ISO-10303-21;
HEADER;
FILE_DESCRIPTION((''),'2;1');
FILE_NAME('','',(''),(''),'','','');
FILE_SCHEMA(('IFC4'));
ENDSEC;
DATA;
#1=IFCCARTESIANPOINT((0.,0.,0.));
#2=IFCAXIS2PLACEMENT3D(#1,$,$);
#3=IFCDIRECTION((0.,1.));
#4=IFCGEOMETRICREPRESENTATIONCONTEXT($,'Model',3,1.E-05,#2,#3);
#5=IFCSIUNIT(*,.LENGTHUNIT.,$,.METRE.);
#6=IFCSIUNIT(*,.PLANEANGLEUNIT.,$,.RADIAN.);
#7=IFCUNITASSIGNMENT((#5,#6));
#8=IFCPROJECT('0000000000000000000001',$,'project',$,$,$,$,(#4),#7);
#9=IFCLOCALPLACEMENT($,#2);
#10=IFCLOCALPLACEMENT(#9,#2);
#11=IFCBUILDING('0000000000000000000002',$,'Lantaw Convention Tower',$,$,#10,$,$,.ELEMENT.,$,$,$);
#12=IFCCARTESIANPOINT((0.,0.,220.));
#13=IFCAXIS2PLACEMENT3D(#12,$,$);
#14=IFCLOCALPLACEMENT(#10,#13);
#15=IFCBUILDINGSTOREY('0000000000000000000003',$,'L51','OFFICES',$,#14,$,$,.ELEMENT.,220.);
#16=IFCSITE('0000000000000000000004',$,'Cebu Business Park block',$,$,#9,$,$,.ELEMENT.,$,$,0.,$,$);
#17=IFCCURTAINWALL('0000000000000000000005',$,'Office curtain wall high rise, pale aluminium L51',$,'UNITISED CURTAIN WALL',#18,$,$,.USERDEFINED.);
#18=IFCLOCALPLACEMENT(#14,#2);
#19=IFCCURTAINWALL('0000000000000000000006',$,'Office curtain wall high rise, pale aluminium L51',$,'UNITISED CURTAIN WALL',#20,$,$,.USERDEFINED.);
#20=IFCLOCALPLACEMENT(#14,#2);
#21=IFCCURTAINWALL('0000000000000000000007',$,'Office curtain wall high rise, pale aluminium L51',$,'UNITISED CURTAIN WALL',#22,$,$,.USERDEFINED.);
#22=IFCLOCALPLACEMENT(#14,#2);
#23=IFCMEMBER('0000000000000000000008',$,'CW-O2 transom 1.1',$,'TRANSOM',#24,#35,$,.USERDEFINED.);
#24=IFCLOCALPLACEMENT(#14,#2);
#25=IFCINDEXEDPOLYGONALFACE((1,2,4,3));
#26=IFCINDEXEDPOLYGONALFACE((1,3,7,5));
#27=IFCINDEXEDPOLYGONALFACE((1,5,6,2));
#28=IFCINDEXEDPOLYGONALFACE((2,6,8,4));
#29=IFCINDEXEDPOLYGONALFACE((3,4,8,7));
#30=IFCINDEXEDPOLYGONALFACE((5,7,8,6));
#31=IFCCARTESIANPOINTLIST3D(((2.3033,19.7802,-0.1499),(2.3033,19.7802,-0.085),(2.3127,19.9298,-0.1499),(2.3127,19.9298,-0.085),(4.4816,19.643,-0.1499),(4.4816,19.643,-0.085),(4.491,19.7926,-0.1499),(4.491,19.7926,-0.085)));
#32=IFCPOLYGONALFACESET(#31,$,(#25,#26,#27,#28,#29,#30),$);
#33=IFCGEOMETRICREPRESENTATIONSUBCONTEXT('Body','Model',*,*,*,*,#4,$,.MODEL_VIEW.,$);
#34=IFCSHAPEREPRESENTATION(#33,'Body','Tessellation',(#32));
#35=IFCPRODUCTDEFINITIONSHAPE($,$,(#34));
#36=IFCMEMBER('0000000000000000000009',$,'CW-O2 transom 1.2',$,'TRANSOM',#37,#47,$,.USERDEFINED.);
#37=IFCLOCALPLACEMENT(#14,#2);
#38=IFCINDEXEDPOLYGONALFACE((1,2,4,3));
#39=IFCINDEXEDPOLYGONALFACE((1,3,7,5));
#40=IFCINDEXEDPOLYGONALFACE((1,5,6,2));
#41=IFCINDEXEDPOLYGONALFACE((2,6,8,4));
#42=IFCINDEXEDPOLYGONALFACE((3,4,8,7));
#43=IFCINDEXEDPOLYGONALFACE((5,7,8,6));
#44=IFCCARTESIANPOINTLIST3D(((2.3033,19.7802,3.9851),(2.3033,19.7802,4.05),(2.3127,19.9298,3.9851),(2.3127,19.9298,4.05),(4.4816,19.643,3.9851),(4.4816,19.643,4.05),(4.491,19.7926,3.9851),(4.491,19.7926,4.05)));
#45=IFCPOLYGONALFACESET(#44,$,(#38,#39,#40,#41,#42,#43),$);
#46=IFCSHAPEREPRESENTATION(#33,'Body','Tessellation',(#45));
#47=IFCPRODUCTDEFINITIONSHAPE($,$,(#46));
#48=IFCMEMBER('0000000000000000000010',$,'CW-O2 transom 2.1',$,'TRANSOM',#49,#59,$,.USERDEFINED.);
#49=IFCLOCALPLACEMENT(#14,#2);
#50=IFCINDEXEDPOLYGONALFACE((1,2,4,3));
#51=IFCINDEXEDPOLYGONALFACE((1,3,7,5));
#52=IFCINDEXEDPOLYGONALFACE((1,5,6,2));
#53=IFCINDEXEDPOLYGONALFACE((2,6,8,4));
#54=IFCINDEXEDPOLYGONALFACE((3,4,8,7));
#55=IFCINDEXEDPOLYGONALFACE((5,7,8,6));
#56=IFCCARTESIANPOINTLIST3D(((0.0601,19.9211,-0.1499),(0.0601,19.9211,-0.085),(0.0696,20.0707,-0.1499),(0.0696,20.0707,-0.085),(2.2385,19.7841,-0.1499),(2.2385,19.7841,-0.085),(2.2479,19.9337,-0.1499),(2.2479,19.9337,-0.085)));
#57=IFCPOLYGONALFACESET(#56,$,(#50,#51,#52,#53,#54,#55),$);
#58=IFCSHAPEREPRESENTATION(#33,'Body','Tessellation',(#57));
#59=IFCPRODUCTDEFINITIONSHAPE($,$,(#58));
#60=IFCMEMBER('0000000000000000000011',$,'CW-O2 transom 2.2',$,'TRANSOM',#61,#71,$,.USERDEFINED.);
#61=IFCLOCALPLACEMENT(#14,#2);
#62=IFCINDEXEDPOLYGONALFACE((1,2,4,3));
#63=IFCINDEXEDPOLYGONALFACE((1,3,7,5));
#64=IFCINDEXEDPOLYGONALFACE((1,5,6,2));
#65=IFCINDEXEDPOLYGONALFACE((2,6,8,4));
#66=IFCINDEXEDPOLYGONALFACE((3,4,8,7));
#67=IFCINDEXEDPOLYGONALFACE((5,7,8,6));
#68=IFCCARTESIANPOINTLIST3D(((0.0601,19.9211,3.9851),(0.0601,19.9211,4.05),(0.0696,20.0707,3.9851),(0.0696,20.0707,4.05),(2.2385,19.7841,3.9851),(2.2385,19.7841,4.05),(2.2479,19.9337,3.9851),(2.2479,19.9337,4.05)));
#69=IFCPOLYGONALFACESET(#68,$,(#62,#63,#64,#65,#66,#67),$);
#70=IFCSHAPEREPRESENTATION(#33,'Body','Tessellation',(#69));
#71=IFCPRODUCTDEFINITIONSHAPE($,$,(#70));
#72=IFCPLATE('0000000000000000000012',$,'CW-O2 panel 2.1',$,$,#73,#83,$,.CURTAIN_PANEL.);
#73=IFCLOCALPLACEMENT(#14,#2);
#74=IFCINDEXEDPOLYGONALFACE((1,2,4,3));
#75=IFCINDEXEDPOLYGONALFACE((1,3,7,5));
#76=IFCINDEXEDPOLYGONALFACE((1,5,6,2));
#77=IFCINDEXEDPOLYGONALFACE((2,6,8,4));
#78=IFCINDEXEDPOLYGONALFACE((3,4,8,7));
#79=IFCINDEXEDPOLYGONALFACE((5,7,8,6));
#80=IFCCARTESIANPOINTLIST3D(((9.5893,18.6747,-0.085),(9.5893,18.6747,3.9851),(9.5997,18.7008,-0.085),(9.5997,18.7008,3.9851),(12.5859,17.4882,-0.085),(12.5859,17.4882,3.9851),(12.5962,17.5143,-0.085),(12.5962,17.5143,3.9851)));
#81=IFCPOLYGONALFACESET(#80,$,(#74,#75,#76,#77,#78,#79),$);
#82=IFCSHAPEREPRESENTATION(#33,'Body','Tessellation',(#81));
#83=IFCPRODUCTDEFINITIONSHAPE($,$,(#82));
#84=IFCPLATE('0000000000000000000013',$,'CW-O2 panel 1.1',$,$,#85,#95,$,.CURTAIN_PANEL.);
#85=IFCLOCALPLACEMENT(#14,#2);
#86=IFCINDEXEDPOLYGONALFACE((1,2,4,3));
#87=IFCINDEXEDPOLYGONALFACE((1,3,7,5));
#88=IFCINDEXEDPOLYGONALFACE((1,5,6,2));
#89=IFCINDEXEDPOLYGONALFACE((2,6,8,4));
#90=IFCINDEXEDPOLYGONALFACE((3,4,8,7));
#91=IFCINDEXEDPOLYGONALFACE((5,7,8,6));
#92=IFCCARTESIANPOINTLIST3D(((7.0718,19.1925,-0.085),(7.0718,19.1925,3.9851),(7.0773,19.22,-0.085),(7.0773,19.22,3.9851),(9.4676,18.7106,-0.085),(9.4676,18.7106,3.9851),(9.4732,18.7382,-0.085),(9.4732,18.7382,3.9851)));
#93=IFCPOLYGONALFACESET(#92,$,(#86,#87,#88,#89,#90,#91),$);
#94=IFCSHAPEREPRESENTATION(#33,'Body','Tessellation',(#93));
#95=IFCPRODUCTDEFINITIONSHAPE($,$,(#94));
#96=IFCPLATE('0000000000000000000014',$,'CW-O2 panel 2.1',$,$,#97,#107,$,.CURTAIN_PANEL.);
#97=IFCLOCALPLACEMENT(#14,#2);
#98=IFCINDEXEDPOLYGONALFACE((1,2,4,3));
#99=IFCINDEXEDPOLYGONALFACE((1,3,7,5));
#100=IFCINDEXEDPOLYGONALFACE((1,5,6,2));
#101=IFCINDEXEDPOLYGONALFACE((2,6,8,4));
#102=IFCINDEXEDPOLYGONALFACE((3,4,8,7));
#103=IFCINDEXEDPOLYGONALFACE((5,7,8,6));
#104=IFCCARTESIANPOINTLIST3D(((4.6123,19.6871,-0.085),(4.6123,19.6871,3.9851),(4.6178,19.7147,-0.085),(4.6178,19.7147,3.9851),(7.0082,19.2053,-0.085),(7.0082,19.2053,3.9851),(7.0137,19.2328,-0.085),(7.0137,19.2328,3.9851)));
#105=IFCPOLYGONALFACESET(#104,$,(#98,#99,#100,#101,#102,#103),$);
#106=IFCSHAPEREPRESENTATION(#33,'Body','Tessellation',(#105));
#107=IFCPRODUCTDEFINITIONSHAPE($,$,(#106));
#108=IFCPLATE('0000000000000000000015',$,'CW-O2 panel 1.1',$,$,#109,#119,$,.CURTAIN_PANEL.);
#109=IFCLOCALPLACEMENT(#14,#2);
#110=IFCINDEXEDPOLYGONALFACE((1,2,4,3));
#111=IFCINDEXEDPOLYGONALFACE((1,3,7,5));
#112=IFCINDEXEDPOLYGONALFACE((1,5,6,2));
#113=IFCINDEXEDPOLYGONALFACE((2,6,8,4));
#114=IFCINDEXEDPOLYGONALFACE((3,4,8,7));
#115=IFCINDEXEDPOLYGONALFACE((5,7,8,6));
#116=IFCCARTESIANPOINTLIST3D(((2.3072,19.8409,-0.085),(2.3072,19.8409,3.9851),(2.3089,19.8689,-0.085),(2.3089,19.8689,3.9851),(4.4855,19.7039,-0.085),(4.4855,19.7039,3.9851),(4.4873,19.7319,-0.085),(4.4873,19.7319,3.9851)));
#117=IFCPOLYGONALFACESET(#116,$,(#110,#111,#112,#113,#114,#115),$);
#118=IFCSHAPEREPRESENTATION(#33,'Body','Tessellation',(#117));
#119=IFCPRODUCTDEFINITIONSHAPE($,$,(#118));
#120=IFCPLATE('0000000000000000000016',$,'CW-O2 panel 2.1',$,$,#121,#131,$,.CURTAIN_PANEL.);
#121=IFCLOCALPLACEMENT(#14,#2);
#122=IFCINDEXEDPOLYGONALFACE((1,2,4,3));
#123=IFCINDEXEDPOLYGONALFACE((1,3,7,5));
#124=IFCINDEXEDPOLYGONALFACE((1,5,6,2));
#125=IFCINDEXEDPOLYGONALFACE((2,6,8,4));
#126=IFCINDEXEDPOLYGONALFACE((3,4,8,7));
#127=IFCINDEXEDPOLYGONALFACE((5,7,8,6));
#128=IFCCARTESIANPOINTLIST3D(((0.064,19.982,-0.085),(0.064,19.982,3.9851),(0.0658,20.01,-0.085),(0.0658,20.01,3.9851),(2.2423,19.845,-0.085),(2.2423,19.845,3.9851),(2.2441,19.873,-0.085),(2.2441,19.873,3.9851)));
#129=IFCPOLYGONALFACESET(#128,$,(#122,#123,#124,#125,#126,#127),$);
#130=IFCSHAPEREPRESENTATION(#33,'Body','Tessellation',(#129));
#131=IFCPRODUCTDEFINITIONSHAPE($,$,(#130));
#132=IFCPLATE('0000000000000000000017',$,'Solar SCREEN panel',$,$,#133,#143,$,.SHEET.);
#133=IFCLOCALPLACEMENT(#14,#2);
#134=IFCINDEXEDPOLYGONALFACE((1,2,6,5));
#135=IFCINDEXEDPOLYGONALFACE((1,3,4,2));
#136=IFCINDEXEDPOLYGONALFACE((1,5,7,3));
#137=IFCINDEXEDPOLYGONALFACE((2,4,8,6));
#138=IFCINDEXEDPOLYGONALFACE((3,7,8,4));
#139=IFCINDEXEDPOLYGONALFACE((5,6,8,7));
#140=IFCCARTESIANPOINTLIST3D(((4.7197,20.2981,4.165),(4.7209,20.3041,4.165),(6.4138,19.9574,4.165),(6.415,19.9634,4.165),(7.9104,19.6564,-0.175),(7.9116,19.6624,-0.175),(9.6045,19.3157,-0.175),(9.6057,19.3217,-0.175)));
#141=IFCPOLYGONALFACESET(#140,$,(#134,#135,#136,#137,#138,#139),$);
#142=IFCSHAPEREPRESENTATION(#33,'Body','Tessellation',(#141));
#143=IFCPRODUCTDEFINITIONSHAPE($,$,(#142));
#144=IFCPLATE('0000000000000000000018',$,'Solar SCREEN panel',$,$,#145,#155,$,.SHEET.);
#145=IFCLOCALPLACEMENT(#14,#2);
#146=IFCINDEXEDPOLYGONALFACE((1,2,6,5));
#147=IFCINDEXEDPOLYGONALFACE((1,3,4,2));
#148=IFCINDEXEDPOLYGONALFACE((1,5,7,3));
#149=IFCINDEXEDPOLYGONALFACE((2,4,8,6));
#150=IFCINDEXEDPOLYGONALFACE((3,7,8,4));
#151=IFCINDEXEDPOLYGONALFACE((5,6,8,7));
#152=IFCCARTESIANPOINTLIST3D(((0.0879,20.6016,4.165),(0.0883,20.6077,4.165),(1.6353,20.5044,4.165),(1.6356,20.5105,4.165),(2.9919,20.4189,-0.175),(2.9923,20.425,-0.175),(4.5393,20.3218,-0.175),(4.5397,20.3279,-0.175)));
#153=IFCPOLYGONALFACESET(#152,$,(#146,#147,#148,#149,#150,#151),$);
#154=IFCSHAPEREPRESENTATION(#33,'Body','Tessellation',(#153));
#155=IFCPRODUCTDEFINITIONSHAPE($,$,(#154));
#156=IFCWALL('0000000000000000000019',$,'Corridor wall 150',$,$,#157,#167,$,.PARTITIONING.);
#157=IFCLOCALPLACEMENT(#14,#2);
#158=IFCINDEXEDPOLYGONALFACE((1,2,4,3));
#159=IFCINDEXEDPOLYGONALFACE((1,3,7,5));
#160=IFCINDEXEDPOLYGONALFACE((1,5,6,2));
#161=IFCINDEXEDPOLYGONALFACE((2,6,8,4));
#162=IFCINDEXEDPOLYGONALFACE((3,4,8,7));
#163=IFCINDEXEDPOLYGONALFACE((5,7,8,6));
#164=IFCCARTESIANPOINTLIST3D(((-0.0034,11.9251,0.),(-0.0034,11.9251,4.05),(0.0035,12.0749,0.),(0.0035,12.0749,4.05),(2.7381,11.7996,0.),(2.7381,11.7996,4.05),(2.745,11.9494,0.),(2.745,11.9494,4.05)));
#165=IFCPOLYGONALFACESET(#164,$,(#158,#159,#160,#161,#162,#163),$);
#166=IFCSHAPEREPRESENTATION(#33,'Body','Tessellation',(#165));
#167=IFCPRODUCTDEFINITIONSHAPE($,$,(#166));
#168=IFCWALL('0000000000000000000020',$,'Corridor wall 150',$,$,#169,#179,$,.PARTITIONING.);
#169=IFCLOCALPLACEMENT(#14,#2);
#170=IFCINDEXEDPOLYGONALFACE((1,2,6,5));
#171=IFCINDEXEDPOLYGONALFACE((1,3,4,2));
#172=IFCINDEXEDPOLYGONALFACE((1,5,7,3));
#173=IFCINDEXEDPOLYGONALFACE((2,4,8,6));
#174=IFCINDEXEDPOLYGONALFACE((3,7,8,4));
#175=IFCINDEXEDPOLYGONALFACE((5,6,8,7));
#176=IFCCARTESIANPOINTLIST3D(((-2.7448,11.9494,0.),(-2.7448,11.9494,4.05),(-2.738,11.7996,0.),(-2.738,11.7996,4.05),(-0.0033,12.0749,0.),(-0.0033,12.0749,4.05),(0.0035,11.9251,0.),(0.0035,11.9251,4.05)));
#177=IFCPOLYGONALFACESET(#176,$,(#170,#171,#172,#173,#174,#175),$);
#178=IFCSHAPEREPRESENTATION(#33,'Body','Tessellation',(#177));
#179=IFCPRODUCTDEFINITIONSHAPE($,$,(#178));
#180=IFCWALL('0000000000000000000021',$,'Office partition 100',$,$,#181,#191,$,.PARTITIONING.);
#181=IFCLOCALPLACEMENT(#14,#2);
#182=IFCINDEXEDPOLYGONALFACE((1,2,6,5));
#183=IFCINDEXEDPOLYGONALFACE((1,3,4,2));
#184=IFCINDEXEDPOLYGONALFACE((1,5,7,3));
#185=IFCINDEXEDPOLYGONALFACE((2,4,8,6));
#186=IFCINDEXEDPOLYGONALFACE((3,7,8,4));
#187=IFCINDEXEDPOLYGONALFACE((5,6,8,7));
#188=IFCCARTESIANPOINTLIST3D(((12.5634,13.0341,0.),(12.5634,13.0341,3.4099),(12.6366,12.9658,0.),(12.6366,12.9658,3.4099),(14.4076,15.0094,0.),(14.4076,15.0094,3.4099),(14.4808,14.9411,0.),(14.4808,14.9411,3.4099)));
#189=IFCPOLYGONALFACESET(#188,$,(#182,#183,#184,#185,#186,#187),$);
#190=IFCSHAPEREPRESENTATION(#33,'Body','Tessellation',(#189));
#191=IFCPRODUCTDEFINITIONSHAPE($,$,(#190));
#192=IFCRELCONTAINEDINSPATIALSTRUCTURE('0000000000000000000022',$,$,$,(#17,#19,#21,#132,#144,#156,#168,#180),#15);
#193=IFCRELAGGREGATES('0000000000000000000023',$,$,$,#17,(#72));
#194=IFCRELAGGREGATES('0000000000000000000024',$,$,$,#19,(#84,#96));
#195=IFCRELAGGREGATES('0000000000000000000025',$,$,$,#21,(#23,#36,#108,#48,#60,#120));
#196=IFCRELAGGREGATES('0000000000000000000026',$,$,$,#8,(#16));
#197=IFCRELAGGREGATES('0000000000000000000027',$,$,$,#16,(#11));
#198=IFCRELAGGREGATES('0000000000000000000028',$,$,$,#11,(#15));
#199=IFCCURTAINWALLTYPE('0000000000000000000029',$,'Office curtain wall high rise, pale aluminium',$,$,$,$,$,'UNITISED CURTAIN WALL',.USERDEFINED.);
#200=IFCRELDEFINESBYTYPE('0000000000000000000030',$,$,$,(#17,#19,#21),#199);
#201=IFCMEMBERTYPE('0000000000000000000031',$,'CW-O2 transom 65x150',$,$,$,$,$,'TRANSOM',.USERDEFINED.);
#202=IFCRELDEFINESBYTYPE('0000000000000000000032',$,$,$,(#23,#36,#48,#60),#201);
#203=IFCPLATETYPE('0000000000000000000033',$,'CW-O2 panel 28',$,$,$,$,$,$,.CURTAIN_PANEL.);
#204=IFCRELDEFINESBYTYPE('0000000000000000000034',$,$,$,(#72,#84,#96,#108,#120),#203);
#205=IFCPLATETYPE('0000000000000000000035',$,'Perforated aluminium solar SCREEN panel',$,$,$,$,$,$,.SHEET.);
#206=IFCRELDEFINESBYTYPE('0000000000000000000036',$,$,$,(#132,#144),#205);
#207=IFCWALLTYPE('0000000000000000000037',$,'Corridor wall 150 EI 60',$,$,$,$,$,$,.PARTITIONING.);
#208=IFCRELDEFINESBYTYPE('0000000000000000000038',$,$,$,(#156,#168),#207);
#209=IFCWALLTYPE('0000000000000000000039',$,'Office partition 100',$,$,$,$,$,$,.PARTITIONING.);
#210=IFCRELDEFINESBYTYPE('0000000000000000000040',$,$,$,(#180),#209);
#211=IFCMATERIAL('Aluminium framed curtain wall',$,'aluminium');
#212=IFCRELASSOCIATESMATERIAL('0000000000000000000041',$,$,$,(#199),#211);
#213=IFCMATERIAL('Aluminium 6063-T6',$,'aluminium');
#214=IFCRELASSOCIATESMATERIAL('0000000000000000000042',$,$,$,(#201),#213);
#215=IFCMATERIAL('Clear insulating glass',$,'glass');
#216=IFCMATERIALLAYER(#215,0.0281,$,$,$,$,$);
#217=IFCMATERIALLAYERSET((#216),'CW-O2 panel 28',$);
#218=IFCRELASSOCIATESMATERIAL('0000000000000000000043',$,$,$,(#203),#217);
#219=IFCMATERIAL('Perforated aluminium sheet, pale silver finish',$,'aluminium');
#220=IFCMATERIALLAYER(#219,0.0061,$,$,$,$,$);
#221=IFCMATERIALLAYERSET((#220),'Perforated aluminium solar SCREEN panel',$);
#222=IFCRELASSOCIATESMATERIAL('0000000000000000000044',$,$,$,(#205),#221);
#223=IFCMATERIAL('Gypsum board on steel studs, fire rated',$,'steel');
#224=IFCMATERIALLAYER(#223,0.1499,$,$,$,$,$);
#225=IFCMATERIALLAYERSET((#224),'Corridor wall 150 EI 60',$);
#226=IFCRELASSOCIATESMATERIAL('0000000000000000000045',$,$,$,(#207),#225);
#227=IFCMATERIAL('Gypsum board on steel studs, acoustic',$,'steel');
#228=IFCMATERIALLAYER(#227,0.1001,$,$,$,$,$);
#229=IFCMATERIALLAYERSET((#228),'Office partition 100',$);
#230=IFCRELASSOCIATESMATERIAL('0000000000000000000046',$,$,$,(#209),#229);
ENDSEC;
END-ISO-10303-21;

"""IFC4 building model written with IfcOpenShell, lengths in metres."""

from ifc_helpers import new_model, si_unit, direction, frame, frame_2d, origin, origin_2d, place, context, subcontext, project, spatial, polyline, rectangle, outline, extrude, material, layer, layer_set, material_profile, profile_set, type_object, element, aggregate, save


model = new_model("IFC4")

# Units and contexts
model_context = context("Model", 3, precision=1e-05, world=origin(), true_north=direction((0.0, 1.0)))
body_context = subcontext(model_context, "Body", "Model", "MODEL_VIEW")
ifc_project = project(units=[si_unit("LENGTHUNIT", "METRE"), si_unit("PLANEANGLEUNIT", "RADIAN")], contexts=[model_context])

# Site, building, storey
site_placement = place(None, origin())
site = spatial("IfcSite", under=ifc_project, at=site_placement, Name="Cebu Business Park block", CompositionType="ELEMENT", RefElevation=0.0)
building_placement = place(site_placement, origin())
building = spatial("IfcBuilding", under=site, at=building_placement, Name="Lantaw Convention Tower", CompositionType="ELEMENT")
storey_placement = place(building_placement, frame((0.0, 0.0, 220.0)))
storey = spatial("IfcBuildingStorey", under=building, at=storey_placement, Name="L51", Description="OFFICES", CompositionType="ELEMENT", Elevation=220.0)

# Curtain walls
ifc_material_1 = material(Name="Aluminium framed curtain wall", Category="aluminium")
curtain_wall_type = type_object("IfcCurtainWallType", Name="Office curtain wall high rise, pale aluminium", ElementType="UNITISED CURTAIN WALL", PredefinedType="USERDEFINED", material=ifc_material_1)
curtain_wall_1_placement = place(storey_placement, origin())
curtain_wall_1 = element("IfcCurtainWall", 1, at=curtain_wall_1_placement, inside=storey, type_object=curtain_wall_type, Name="Office curtain wall high rise, pale aluminium L51", ObjectType="UNITISED CURTAIN WALL", PredefinedType="USERDEFINED")
ifc_material_2 = material(Name="Aluminium 6063-T6", Category="aluminium")
curtain_wall_2_placement = place(storey_placement, origin())
curtain_wall_2 = element("IfcCurtainWall", 2, at=curtain_wall_2_placement, inside=storey, type_object=curtain_wall_type, Name="Office curtain wall high rise, pale aluminium L51", ObjectType="UNITISED CURTAIN WALL", PredefinedType="USERDEFINED")
curtain_wall_3_placement = place(storey_placement, origin())
curtain_wall_3 = element("IfcCurtainWall", 3, at=curtain_wall_3_placement, inside=storey, type_object=curtain_wall_type, Name="Office curtain wall high rise, pale aluminium L51", ObjectType="UNITISED CURTAIN WALL", PredefinedType="USERDEFINED")

# Members
ifc_material_profile_1 = material_profile(ifc_material_2, rectangle(XDim=0.1499, YDim=0.0649, at=origin_2d()), Name="CW-O2 transom 65x150")
ifc_profile_set_1 = profile_set([ifc_material_profile_1], Name="Aluminium 6063-T6")
member_type_1 = type_object("IfcMemberType", Name="CW-O2 transom 65x150", ElementType="TRANSOM", PredefinedType="USERDEFINED", material=ifc_profile_set_1)
member_1_placement = place(storey_placement, frame((4.4863, 19.7178, -0.1174), z_axis=(-0.998022, 0.062866, 0.0), x_axis=(-0.062866, -0.998022, 0.0)))
member_1 = element("IfcMember", 4, at=member_1_placement, type_object=member_type_1, Name="CW-O2 transom 1.1", ObjectType="TRANSOM", PredefinedType="USERDEFINED", context=body_context, shape_type="SweptSolid", body=[
    extrude(rectangle(XDim=0.1499, YDim=0.0649, at=origin_2d()), origin(), (0.0, 0.0, 1.0), 2.1826),
])
member_2_placement = place(storey_placement, frame((4.4863, 19.7178, 4.0176), z_axis=(-0.998022, 0.062866, 0.0), x_axis=(-0.062866, -0.998022, 0.0)))
member_2 = element("IfcMember", 5, at=member_2_placement, type_object=member_type_1, Name="CW-O2 transom 1.2", ObjectType="TRANSOM", PredefinedType="USERDEFINED", context=body_context, shape_type="SweptSolid", body=[
    extrude(rectangle(XDim=0.1499, YDim=0.0649, at=origin_2d()), origin(), (0.0, 0.0, 1.0), 2.1826),
])
member_3_placement = place(storey_placement, frame((2.2432, 19.8589, -0.1174), z_axis=(-0.998029, 0.062754, 0.0), x_axis=(-0.062754, -0.998029, 0.0)))
member_3 = element("IfcMember", 6, at=member_3_placement, type_object=member_type_1, Name="CW-O2 transom 2.1", ObjectType="TRANSOM", PredefinedType="USERDEFINED", context=body_context, shape_type="SweptSolid", body=[
    extrude(rectangle(XDim=0.1499, YDim=0.0649, at=origin_2d()), origin(), (0.0, 0.0, 1.0), 2.1826),
])
member_4_placement = place(storey_placement, frame((2.2432, 19.8589, 4.0176), z_axis=(-0.998029, 0.062754, 0.0), x_axis=(-0.062754, -0.998029, 0.0)))
member_4 = element("IfcMember", 7, at=member_4_placement, type_object=member_type_1, Name="CW-O2 transom 2.2", ObjectType="TRANSOM", PredefinedType="USERDEFINED", context=body_context, shape_type="SweptSolid", body=[
    extrude(rectangle(XDim=0.1499, YDim=0.0649, at=origin_2d()), origin(), (0.0, 0.0, 1.0), 2.1826),
])

# Plates
ifc_material_3 = material(Name="Clear insulating glass", Category="glass")
ifc_layer_1 = layer(ifc_material_3, 0.0281)
ifc_layer_set_1 = layer_set([ifc_layer_1], Name="CW-O2 panel 28")
plate_type_1 = type_object("IfcPlateType", Name="CW-O2 panel 28", PredefinedType="CURTAIN_PANEL", material=ifc_layer_set_1)
plate_1_placement = place(storey_placement, frame((11.0928, 18.0945, -0.085), z_axis=(0.0, 0.0, 1.0), x_axis=(-0.929762, 0.368162, 0.0)))
plate_1 = element("IfcPlate", 8, at=plate_1_placement, type_object=plate_type_1, Name="CW-O2 panel 2.1", PredefinedType="CURTAIN_PANEL", context=body_context, shape_type="SweptSolid", body=[
    extrude(rectangle(XDim=3.2229, YDim=0.0281, at=origin_2d()), origin(), (0.0, 0.0, 1.0), 4.0701),
])
aggregate(curtain_wall_1, [plate_1])
plate_2_placement = place(storey_placement, frame((8.2725, 18.9653, -0.085), z_axis=(0.0, 0.0, 1.0), x_axis=(-0.980367, 0.197183, 0.0)))
plate_2 = element("IfcPlate", 9, at=plate_2_placement, type_object=plate_type_1, Name="CW-O2 panel 1.1", PredefinedType="CURTAIN_PANEL", context=body_context, shape_type="SweptSolid", body=[
    extrude(rectangle(XDim=2.4438, YDim=0.0281, at=origin_2d()), origin(), (0.0, 0.0, 1.0), 4.0701),
])
plate_3_placement = place(storey_placement, frame((5.813, 19.46, -0.085), z_axis=(0.0, 0.0, 1.0), x_axis=(-0.980367, 0.197183, 0.0)))
plate_3 = element("IfcPlate", 10, at=plate_3_placement, type_object=plate_type_1, Name="CW-O2 panel 2.1", PredefinedType="CURTAIN_PANEL", context=body_context, shape_type="SweptSolid", body=[
    extrude(rectangle(XDim=2.4438, YDim=0.0281, at=origin_2d()), origin(), (0.0, 0.0, 1.0), 4.0701),
])
aggregate(curtain_wall_2, [plate_2, plate_3])
plate_4_placement = place(storey_placement, frame((3.3972, 19.7864, -0.085), z_axis=(0.0, 0.0, 1.0), x_axis=(-0.998029, 0.062758, 0.0)))
plate_4 = element("IfcPlate", 11, at=plate_4_placement, type_object=plate_type_1, Name="CW-O2 panel 1.1", PredefinedType="CURTAIN_PANEL", context=body_context, shape_type="SweptSolid", body=[
    extrude(rectangle(XDim=2.1826, YDim=0.0281, at=origin_2d()), origin(), (0.0, 0.0, 1.0), 4.0701),
])
plate_5_placement = place(storey_placement, frame((1.1541, 19.9275, -0.085), z_axis=(0.0, 0.0, 1.0), x_axis=(-0.998029, 0.062758, 0.0)))
plate_5 = element("IfcPlate", 12, at=plate_5_placement, type_object=plate_type_1, Name="CW-O2 panel 2.1", PredefinedType="CURTAIN_PANEL", context=body_context, shape_type="SweptSolid", body=[
    extrude(rectangle(XDim=2.1826, YDim=0.0281, at=origin_2d()), origin(), (0.0, 0.0, 1.0), 4.0701),
])
aggregate(curtain_wall_3, [member_1, member_2, plate_4, member_3, member_4, plate_5])

# Plates
ifc_material_4 = material(Name="Perforated aluminium sheet, pale silver finish", Category="aluminium")
ifc_layer_2 = layer(ifc_material_4, 0.0061)
ifc_layer_set_2 = layer_set([ifc_layer_2], Name="Perforated aluminium solar SCREEN panel")
plate_type_2 = type_object("IfcPlateType", Name="Perforated aluminium solar SCREEN panel", PredefinedType="SHEET", material=ifc_layer_set_2)
plate_6_placement = place(storey_placement, frame((9.6045, 19.3157, -0.175), z_axis=(-0.197162, -0.980371, 0.000011), x_axis=(-0.980371, 0.197162, 0.0)))
element("IfcPlate", 13, at=plate_6_placement, inside=storey, type_object=plate_type_2, Name="Solar SCREEN panel", PredefinedType="SHEET", context=body_context, shape_type="SweptSolid", body=[
    extrude(outline(polyline([(0.0, 0.0), (1.728, 0.0), (4.9826, -4.3401), (3.2545, -4.3401), (0.0, 0.0)])), origin(), (0.0, 0.0, -1.0), 0.0061),
])
plate_7_placement = place(storey_placement, frame((4.5393, 20.3218, -0.175), z_axis=(-0.062672, -0.998034, 0.000059), x_axis=(-0.998034, 0.062672, 0.0)))
element("IfcPlate", 14, at=plate_7_placement, inside=storey, type_object=plate_type_2, Name="Solar SCREEN panel", PredefinedType="SHEET", context=body_context, shape_type="SweptSolid", body=[
    extrude(outline(polyline([(0.0, 0.0), (1.5504, 0.0), (4.4602, -4.3401), (2.9098, -4.3401), (0.0, 0.0)])), origin(), (0.0, 0.0, -1.0), 0.0061),
])

# Walls
ifc_material_5 = material(Name="Gypsum board on steel studs, fire rated", Category="steel")
ifc_layer_3 = layer(ifc_material_5, 0.1499)
ifc_layer_set_3 = layer_set([ifc_layer_3], Name="Corridor wall 150 EI 60")
wall_type_1 = type_object("IfcWallType", Name="Corridor wall 150 EI 60", PredefinedType="PARTITIONING", material=ifc_layer_set_3)
for number, where, z_axis, x_axis, name in (
    (15, (2.7415, 11.8745, 0.0), (0.0, 0.0, 1.0), (-0.998954, 0.045726, 0.0), "Corridor wall 150"),
    (16, (0.0, 12.0, 0.0), (0.0, 0.0, 1.0), (-0.998954, -0.045726, 0.0), "Corridor wall 150"),
):
    element("IfcWall", number, at=place(storey_placement, frame(where, z_axis=z_axis, x_axis=x_axis)), inside=storey, type_object=wall_type_1, Name=name, PredefinedType="PARTITIONING", context=body_context, shape_type="SweptSolid", body=[
        extrude(rectangle(XDim=2.7444, YDim=0.1499, at=frame_2d((1.3721, 0.0))), origin(), (0.0, 0.0, 1.0), 4.05),
    ])
ifc_material_6 = material(Name="Gypsum board on steel studs, acoustic", Category="steel")
ifc_layer_4 = layer(ifc_material_6, 0.1001)
ifc_layer_set_4 = layer_set([ifc_layer_4], Name="Office partition 100")
wall_type_2 = type_object("IfcWallType", Name="Office partition 100", PredefinedType="PARTITIONING", material=ifc_layer_set_4)
wall_placement = place(storey_placement, frame((12.6001, 13.0, 0.0), z_axis=(0.0, 0.0, 1.0), x_axis=(0.682434, 0.730947, 0.0)))
element("IfcWall", 17, at=wall_placement, inside=storey, type_object=wall_type_2, Name="Office partition 100", PredefinedType="PARTITIONING", context=body_context, shape_type="SweptSolid", body=[
    extrude(rectangle(XDim=2.7024, YDim=0.1001, at=frame_2d((1.3511, 0.0))), origin(), (0.0, 0.0, 1.0), 3.4099),
])

save(model, "model.ifc")
